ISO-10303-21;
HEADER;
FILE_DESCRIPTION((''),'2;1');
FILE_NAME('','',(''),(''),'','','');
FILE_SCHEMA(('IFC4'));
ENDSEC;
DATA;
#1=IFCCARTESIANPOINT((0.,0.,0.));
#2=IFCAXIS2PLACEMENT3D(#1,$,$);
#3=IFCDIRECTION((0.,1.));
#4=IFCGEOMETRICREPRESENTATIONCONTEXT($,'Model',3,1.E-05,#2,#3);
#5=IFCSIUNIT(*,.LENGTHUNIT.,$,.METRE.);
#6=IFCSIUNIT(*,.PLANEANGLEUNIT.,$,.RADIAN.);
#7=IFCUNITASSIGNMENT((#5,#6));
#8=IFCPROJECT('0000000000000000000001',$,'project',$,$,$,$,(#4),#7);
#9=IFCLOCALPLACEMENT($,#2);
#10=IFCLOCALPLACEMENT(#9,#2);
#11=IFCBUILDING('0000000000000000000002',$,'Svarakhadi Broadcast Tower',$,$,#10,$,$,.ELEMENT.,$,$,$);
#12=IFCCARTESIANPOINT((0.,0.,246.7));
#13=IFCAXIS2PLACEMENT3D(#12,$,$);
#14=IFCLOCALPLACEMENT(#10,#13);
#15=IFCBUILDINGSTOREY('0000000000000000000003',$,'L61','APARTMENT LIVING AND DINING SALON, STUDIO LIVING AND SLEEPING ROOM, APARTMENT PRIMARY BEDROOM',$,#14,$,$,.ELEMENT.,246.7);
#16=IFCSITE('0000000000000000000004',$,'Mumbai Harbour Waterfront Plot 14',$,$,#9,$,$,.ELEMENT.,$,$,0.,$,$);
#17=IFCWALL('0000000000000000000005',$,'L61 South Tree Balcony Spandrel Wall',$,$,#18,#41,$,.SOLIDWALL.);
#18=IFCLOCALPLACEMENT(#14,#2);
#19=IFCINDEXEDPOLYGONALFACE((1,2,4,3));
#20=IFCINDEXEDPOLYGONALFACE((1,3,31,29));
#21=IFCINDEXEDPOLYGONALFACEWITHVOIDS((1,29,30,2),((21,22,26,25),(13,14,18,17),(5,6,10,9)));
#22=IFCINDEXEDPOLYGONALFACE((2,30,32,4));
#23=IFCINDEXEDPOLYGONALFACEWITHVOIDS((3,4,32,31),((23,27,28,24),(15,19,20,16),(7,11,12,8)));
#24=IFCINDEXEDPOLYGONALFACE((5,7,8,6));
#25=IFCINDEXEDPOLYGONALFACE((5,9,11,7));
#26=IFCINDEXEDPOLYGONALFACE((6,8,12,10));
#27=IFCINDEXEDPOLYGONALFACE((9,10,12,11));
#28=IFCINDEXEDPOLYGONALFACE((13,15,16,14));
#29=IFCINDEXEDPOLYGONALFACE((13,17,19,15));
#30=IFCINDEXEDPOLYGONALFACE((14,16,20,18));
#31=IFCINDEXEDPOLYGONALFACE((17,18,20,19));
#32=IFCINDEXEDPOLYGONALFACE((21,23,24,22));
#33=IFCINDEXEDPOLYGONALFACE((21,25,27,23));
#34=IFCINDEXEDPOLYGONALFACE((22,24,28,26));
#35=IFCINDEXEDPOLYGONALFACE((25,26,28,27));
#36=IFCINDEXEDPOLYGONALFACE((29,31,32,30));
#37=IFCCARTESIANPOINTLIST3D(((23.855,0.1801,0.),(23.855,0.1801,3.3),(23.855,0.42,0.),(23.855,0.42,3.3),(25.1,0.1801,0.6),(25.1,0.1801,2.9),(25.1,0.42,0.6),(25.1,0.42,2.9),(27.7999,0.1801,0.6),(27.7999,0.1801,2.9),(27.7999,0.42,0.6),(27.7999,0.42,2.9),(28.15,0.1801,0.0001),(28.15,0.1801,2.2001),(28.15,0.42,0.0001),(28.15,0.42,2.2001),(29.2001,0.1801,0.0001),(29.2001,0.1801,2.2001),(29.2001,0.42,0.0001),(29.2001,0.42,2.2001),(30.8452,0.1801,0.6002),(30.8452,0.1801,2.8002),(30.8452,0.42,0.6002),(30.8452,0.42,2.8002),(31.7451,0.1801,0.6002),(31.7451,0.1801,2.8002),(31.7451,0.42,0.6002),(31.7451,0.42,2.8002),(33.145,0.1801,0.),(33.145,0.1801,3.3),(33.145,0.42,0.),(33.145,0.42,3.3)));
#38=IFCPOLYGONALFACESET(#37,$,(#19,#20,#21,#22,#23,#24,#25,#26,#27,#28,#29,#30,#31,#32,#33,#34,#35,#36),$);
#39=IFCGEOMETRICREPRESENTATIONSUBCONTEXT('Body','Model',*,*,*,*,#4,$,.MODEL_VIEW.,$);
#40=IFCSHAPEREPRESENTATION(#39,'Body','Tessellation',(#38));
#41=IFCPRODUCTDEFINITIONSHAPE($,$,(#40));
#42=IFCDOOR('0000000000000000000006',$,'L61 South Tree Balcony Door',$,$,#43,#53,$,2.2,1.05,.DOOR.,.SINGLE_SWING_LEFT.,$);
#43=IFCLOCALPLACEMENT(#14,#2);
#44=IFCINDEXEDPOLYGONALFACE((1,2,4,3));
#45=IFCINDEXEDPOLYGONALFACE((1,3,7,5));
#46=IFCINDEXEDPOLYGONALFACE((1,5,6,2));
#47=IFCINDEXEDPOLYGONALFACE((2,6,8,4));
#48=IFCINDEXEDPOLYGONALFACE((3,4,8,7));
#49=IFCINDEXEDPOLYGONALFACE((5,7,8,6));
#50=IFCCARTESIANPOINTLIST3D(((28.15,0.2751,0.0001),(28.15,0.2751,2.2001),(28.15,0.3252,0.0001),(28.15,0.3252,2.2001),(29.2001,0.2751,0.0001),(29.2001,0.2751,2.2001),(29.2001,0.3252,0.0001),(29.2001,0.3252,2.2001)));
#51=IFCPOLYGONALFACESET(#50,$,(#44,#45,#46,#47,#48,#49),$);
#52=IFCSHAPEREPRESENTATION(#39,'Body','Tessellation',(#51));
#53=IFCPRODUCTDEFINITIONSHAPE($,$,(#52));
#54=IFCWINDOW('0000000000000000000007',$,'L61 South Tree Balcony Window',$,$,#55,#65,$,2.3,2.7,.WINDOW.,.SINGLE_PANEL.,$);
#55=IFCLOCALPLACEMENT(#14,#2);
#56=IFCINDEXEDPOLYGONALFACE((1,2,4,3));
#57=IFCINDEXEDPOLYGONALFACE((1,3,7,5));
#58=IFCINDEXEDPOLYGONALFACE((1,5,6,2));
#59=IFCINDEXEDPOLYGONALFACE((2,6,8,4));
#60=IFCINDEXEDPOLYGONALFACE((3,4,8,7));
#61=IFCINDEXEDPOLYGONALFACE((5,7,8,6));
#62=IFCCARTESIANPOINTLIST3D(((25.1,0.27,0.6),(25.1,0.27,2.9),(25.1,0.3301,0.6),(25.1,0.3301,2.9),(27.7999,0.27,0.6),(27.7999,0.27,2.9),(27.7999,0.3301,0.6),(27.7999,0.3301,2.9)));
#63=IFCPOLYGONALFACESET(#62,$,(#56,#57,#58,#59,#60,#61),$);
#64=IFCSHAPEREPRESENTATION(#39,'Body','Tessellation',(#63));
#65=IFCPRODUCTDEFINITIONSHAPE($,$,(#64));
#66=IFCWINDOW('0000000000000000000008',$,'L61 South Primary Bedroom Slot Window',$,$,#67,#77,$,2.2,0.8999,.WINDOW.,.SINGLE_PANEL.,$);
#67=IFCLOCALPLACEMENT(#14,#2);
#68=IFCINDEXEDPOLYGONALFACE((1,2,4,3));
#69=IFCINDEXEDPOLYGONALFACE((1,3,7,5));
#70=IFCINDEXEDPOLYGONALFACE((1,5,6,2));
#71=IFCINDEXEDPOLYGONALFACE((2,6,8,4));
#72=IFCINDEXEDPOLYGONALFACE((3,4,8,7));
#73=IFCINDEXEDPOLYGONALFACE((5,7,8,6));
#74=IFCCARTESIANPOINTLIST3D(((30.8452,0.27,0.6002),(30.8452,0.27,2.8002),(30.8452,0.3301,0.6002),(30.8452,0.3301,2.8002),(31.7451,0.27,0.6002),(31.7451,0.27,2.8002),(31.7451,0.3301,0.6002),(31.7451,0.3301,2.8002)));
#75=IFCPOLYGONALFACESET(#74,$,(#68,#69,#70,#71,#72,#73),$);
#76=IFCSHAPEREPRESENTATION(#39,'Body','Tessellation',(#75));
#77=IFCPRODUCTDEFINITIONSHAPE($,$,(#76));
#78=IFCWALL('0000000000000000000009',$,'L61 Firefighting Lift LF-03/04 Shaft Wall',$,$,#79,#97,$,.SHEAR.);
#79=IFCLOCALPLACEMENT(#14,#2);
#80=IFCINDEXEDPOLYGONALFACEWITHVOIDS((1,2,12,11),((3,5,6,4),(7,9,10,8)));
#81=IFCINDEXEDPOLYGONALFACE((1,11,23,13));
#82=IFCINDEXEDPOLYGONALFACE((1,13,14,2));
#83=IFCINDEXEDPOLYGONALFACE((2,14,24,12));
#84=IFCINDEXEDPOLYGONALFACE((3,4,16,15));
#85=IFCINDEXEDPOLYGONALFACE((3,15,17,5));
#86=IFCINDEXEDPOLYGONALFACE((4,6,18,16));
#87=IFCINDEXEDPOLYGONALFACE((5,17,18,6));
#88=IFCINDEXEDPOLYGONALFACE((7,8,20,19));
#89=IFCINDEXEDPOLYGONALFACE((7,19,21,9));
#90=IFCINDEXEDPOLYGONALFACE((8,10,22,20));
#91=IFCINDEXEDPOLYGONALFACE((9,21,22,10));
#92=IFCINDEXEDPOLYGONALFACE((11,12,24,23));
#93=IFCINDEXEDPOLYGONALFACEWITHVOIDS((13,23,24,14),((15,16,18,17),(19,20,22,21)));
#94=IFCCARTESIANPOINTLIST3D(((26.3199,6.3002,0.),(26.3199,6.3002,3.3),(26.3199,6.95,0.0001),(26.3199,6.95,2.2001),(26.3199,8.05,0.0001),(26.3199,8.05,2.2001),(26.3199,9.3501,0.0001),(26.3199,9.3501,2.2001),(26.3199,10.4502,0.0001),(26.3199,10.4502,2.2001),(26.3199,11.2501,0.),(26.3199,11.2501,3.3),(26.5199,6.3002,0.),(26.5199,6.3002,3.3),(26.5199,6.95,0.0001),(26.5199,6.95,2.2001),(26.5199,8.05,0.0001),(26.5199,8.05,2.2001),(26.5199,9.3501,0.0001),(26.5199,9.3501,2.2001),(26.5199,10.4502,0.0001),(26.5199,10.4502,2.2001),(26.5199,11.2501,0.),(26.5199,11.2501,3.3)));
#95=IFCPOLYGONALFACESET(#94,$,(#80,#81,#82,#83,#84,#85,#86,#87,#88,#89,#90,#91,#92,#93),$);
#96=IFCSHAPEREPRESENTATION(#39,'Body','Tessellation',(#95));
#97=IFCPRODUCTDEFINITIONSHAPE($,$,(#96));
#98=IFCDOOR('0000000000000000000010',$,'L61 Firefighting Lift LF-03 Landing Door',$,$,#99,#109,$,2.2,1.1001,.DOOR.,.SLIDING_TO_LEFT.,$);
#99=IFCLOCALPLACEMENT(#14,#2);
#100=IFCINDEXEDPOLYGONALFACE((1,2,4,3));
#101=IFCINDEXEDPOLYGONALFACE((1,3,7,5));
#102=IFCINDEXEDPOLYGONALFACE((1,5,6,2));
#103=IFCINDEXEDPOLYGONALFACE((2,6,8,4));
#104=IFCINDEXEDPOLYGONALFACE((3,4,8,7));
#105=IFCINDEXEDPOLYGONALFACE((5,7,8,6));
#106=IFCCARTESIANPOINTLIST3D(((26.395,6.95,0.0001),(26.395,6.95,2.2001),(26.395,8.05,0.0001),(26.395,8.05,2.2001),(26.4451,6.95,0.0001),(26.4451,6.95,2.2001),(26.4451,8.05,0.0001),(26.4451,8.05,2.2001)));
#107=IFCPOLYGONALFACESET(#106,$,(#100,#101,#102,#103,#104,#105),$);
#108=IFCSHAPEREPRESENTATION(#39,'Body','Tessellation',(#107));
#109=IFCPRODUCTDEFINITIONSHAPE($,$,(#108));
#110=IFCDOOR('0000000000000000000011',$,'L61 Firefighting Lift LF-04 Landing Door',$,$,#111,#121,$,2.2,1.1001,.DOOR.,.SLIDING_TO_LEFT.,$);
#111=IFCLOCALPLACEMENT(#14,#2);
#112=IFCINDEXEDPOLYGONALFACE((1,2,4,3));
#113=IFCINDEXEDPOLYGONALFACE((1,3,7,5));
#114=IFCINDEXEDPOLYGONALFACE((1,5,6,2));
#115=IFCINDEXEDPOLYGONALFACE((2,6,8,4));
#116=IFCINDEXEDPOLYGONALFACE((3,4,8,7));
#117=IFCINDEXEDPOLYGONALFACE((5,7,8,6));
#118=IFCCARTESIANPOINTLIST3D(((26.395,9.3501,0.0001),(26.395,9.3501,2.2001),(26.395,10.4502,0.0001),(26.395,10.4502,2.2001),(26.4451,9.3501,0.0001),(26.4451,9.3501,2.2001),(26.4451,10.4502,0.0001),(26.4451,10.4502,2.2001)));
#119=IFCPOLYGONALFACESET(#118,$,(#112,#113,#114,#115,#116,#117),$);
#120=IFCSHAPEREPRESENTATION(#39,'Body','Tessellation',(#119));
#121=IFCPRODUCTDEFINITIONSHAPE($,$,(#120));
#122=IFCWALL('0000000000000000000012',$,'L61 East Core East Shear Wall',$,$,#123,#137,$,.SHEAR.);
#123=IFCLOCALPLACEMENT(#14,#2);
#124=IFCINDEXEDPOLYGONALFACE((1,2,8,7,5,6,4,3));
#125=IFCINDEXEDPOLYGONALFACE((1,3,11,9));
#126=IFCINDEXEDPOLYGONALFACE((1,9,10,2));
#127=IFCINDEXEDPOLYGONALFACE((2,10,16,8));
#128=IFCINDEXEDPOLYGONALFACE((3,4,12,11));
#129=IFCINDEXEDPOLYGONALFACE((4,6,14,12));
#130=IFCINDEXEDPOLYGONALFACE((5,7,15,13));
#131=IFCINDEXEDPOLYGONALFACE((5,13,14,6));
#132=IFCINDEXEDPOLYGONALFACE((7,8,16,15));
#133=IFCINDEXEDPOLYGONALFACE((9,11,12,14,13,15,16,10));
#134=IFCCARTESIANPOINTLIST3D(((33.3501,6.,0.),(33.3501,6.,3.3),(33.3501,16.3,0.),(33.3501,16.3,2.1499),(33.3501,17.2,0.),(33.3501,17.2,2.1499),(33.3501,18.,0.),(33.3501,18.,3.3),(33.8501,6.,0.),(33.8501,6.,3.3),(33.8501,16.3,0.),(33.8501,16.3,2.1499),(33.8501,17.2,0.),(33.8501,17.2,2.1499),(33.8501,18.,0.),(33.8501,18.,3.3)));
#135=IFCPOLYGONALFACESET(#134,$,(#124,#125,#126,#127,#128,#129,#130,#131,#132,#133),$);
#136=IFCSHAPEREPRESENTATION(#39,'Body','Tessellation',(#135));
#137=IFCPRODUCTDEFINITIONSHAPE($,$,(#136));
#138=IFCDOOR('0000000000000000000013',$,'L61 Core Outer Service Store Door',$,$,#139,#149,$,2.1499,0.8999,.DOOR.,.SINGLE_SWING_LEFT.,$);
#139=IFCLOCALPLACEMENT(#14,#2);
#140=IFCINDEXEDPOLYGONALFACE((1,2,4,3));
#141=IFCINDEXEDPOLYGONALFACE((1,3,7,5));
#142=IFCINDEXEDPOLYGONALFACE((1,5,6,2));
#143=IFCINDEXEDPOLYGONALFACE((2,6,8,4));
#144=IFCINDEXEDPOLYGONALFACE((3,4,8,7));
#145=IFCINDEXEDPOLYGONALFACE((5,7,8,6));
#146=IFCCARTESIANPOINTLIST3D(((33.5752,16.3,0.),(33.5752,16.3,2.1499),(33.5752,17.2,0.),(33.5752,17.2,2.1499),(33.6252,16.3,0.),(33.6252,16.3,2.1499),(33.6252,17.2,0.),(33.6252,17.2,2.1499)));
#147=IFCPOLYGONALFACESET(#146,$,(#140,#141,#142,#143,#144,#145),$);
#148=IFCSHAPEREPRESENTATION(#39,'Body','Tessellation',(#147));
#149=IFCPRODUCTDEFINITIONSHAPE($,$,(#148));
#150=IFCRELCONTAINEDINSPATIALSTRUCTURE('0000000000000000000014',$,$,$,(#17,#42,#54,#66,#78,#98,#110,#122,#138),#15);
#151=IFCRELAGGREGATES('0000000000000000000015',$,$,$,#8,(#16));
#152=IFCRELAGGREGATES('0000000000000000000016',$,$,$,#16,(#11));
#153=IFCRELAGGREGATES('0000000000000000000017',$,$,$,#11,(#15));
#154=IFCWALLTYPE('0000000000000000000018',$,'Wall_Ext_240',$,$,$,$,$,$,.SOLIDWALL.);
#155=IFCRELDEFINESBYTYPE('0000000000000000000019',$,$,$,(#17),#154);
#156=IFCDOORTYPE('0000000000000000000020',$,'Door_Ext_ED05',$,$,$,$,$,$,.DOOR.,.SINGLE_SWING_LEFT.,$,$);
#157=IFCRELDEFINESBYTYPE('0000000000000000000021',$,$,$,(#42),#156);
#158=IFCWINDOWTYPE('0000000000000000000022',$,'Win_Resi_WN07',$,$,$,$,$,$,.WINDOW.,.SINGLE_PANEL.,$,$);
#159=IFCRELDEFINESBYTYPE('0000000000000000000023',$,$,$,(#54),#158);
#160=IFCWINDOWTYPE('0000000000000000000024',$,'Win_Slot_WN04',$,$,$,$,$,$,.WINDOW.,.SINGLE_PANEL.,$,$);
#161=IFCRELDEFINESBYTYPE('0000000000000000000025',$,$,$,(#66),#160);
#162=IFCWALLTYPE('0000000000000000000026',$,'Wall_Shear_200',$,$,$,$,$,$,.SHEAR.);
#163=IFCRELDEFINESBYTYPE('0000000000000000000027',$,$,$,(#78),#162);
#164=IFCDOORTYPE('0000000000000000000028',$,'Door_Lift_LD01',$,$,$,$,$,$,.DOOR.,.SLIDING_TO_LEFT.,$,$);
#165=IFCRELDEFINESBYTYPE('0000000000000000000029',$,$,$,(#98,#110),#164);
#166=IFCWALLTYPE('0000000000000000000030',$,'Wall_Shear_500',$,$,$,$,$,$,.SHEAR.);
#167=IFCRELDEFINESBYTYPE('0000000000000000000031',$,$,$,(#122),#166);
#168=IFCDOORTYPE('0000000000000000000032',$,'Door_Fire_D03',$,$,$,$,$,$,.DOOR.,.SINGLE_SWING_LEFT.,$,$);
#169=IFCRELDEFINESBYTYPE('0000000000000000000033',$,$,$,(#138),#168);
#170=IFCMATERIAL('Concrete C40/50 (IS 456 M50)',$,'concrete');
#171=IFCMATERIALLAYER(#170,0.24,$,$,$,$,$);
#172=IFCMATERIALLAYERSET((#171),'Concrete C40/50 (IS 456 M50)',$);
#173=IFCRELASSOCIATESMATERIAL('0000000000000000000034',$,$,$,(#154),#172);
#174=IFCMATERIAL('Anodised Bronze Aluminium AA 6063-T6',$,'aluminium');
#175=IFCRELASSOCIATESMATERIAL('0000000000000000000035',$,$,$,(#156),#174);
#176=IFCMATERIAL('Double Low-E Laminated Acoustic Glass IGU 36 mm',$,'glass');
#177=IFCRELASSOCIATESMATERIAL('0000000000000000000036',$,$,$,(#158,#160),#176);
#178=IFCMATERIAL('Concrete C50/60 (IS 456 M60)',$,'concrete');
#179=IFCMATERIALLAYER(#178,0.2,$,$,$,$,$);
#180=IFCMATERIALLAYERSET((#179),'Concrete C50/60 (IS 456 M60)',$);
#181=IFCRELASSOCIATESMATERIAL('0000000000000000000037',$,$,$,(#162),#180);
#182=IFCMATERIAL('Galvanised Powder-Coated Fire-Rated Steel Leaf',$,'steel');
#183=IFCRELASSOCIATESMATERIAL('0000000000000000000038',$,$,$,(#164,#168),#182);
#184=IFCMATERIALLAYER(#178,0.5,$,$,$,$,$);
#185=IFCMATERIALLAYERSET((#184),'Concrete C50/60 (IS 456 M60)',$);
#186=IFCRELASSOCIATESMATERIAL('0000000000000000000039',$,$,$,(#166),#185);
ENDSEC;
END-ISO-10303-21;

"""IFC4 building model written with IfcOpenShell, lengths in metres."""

from ifc_helpers import new_model, si_unit, direction, frame, frame_2d, origin, place, context, subcontext, project, spatial, rectangle, extrude, material, layer, layer_set, type_object, element, fill, save


model = new_model("IFC4")

# Units and contexts
model_context = context("Model", 3, precision=1e-05, world=origin(), true_north=direction((0.0, 1.0)))
body_context = subcontext(model_context, "Body", "Model", "MODEL_VIEW")
ifc_project = project(units=[si_unit("LENGTHUNIT", "METRE"), si_unit("PLANEANGLEUNIT", "RADIAN")], contexts=[model_context])

# Site, building, storey
site_placement = place(None, origin())
site = spatial("IfcSite", under=ifc_project, at=site_placement, Name="Mumbai Harbour Waterfront Plot 14", CompositionType="ELEMENT", RefElevation=0.0)
building_placement = place(site_placement, origin())
building = spatial("IfcBuilding", under=site, at=building_placement, Name="Svarakhadi Broadcast Tower", CompositionType="ELEMENT")
storey_placement = place(building_placement, frame((0.0, 0.0, 246.7)))
storey = spatial("IfcBuildingStorey", under=building, at=storey_placement, Name="L61", Description="APARTMENT LIVING AND DINING SALON, STUDIO LIVING AND SLEEPING ROOM, APARTMENT PRIMARY BEDROOM", CompositionType="ELEMENT", Elevation=246.7)

# Shared definitions
ifc_material_1 = material(Name="Concrete C50/60 (IS 456 M60)", Category="concrete")

# Shared definitions
ifc_material_2 = material(Name="Anodised Bronze Aluminium AA 6063-T6", Category="aluminium")

# Shared definitions
ifc_material_3 = material(Name="Double Low-E Laminated Acoustic Glass IGU 36 mm", Category="glass")

# Wall, openings, door, windows
ifc_material_4 = material(Name="Concrete C40/50 (IS 456 M50)", Category="concrete")
ifc_layer_1 = layer(ifc_material_4, 0.24)
ifc_layer_set_1 = layer_set([ifc_layer_1], Name="Concrete C40/50 (IS 456 M50)")
wall_type_1 = type_object("IfcWallType", Name="Wall_Ext_240", PredefinedType="SOLIDWALL", material=ifc_layer_set_1)
wall_1_placement = place(storey_placement, frame((33.145, 0.3, 0.0), z_axis=(0.0, 0.0, 1.0), x_axis=(-1.0, 0.0, 0.0)))
wall_1 = element("IfcWall", 1, at=wall_1_placement, inside=storey, type_object=wall_type_1, Name="L61 South Tree Balcony Spandrel Wall", PredefinedType="SOLIDWALL", context=body_context, shape_type="SweptSolid", body=[
    extrude(rectangle(XDim=9.29, YDim=0.24, at=frame_2d((4.645, 0.0))), origin(), (0.0, 0.0, 1.0), 3.3),
])
opening_1_placement = place(wall_1_placement, frame((3.9451, 0.0, 0.0)))
opening_1 = element("IfcOpeningElement", 2, at=opening_1_placement, cuts=wall_1, PredefinedType="OPENING", context=body_context, shape_type="SweptSolid", body=[
    extrude(rectangle(XDim=1.05, YDim=2.2, at=frame_2d((0.5249, 1.1001))), frame((0.0, 0.1299, 0.0), z_axis=(0.0, -1.0, 0.0), x_axis=(1.0, 0.0, 0.0)), (0.0, 0.0, 1.0), 0.26),
])
opening_2_placement = place(wall_1_placement, frame((5.345, 0.0, 0.6001)))
opening_2 = element("IfcOpeningElement", 3, at=opening_2_placement, cuts=wall_1, PredefinedType="OPENING", context=body_context, shape_type="SweptSolid", body=[
    extrude(rectangle(XDim=2.7, YDim=2.3, at=frame_2d((1.3501, 1.1499))), frame((0.0, 0.1299, 0.0), z_axis=(0.0, -1.0, 0.0), x_axis=(1.0, 0.0, 0.0)), (0.0, 0.0, 1.0), 0.26),
])
opening_3_placement = place(wall_1_placement, frame((1.3999, 0.0, 0.6001)))
opening_3 = element("IfcOpeningElement", 4, at=opening_3_placement, cuts=wall_1, PredefinedType="OPENING", context=body_context, shape_type="SweptSolid", body=[
    extrude(rectangle(XDim=0.8999, YDim=2.2, at=frame_2d((0.45, 1.1001))), frame((0.0, 0.1299, 0.0), z_axis=(0.0, -1.0, 0.0), x_axis=(1.0, 0.0, 0.0)), (0.0, 0.0, 1.0), 0.26),
])
door_type_1 = type_object("IfcDoorType", Name="Door_Ext_ED05", OperationType="SINGLE_SWING_LEFT", PredefinedType="DOOR", material=ifc_material_2)
door_1_placement = place(opening_1_placement, origin())
door_1 = element("IfcDoor", 5, at=door_1_placement, inside=storey, type_object=door_type_1, Name="L61 South Tree Balcony Door", OperationType="SINGLE_SWING_LEFT", OverallHeight=2.2, OverallWidth=1.05, PredefinedType="DOOR", context=body_context, shape_type="SweptSolid", body=[
    extrude(rectangle(XDim=1.05, YDim=2.2, at=frame_2d((0.5249, 1.1001))), frame((0.0, 0.0249, 0.0), z_axis=(0.0, -1.0, 0.0), x_axis=(1.0, 0.0, 0.0)), (0.0, 0.0, 1.0), 0.05),
])
fill(opening_1, door_1)
window_type_1 = type_object("IfcWindowType", Name="Win_Resi_WN07", PartitioningType="SINGLE_PANEL", PredefinedType="WINDOW", material=ifc_material_3)
window_1_placement = place(opening_2_placement, origin())
window_1 = element("IfcWindow", 6, at=window_1_placement, inside=storey, type_object=window_type_1, Name="L61 South Tree Balcony Window", OverallHeight=2.3, OverallWidth=2.7, PartitioningType="SINGLE_PANEL", PredefinedType="WINDOW", context=body_context, shape_type="SweptSolid", body=[
    extrude(rectangle(XDim=2.7, YDim=2.3, at=frame_2d((1.3501, 1.1499))), frame((0.0, 0.03, 0.0), z_axis=(0.0, -1.0, 0.0), x_axis=(1.0, 0.0, 0.0)), (0.0, 0.0, 1.0), 0.0601),
])
fill(opening_2, window_1)
window_type_2 = type_object("IfcWindowType", Name="Win_Slot_WN04", PartitioningType="SINGLE_PANEL", PredefinedType="WINDOW", material=ifc_material_3)
window_2_placement = place(opening_3_placement, origin())
window_2 = element("IfcWindow", 7, at=window_2_placement, inside=storey, type_object=window_type_2, Name="L61 South Primary Bedroom Slot Window", OverallHeight=2.2, OverallWidth=0.8999, PartitioningType="SINGLE_PANEL", PredefinedType="WINDOW", context=body_context, shape_type="SweptSolid", body=[
    extrude(rectangle(XDim=0.8999, YDim=2.2, at=frame_2d((0.45, 1.1001))), frame((0.0, 0.03, 0.0), z_axis=(0.0, -1.0, 0.0), x_axis=(1.0, 0.0, 0.0)), (0.0, 0.0, 1.0), 0.0601),
])
fill(opening_3, window_2)

# Wall, openings, doors
ifc_layer_2 = layer(ifc_material_1, 0.2)
ifc_layer_set_2 = layer_set([ifc_layer_2], Name="Concrete C50/60 (IS 456 M60)")
wall_type_2 = type_object("IfcWallType", Name="Wall_Shear_200", PredefinedType="SHEAR", material=ifc_layer_set_2)
wall_2_placement = place(storey_placement, frame((26.4199, 6.3, 0.0), z_axis=(0.0, 0.0, 1.0), x_axis=(0.0, 1.0, 0.0)))
wall_2 = element("IfcWall", 8, at=wall_2_placement, inside=storey, type_object=wall_type_2, Name="L61 Firefighting Lift LF-03/04 Shaft Wall", PredefinedType="SHEAR", context=body_context, shape_type="SweptSolid", body=[
    extrude(rectangle(XDim=4.95, YDim=0.2, at=frame_2d((2.4751, 0.0))), origin(), (0.0, 0.0, 1.0), 3.3),
])
opening_4_placement = place(wall_2_placement, frame((0.6499, 0.0, 0.0)))
opening_4 = element("IfcOpeningElement", 9, at=opening_4_placement, cuts=wall_2, PredefinedType="OPENING", context=body_context, shape_type="SweptSolid", body=[
    extrude(rectangle(XDim=1.1001, YDim=2.2, at=frame_2d((0.55, 1.1001))), frame((0.0, 0.1099, 0.0), z_axis=(0.0, -1.0, 0.0), x_axis=(1.0, 0.0, 0.0)), (0.0, 0.0, 1.0), 0.22),
])
opening_5_placement = place(wall_2_placement, frame((3.05, 0.0, 0.0)))
opening_5 = element("IfcOpeningElement", 10, at=opening_5_placement, cuts=wall_2, PredefinedType="OPENING", context=body_context, shape_type="SweptSolid", body=[
    extrude(rectangle(XDim=1.1001, YDim=2.2, at=frame_2d((0.55, 1.1001))), frame((0.0, 0.1099, 0.0), z_axis=(0.0, -1.0, 0.0), x_axis=(1.0, 0.0, 0.0)), (0.0, 0.0, 1.0), 0.22),
])
ifc_material_5 = material(Name="Galvanised Powder-Coated Fire-Rated Steel Leaf", Category="steel")
door_type_2 = type_object("IfcDoorType", Name="Door_Lift_LD01", OperationType="SLIDING_TO_LEFT", PredefinedType="DOOR", material=ifc_material_5)
door_2_placement = place(opening_4_placement, origin())
door_2 = element("IfcDoor", 11, at=door_2_placement, inside=storey, type_object=door_type_2, Name="L61 Firefighting Lift LF-03 Landing Door", OperationType="SLIDING_TO_LEFT", OverallHeight=2.2, OverallWidth=1.1001, PredefinedType="DOOR", context=body_context, shape_type="SweptSolid", body=[
    extrude(rectangle(XDim=1.1001, YDim=2.2, at=frame_2d((0.55, 1.1001))), frame((0.0, 0.0249, 0.0), z_axis=(0.0, -1.0, 0.0), x_axis=(1.0, 0.0, 0.0)), (0.0, 0.0, 1.0), 0.05),
])
fill(opening_4, door_2)
door_3_placement = place(opening_5_placement, origin())
door_3 = element("IfcDoor", 12, at=door_3_placement, inside=storey, type_object=door_type_2, Name="L61 Firefighting Lift LF-04 Landing Door", OperationType="SLIDING_TO_LEFT", OverallHeight=2.2, OverallWidth=1.1001, PredefinedType="DOOR", context=body_context, shape_type="SweptSolid", body=[
    extrude(rectangle(XDim=1.1001, YDim=2.2, at=frame_2d((0.55, 1.1001))), frame((0.0, 0.0249, 0.0), z_axis=(0.0, -1.0, 0.0), x_axis=(1.0, 0.0, 0.0)), (0.0, 0.0, 1.0), 0.05),
])
fill(opening_5, door_3)

# Wall, opening, door
ifc_layer_3 = layer(ifc_material_1, 0.5)
ifc_layer_set_3 = layer_set([ifc_layer_3], Name="Concrete C50/60 (IS 456 M60)")
wall_type_3 = type_object("IfcWallType", Name="Wall_Shear_500", PredefinedType="SHEAR", material=ifc_layer_set_3)
wall_3_placement = place(storey_placement, frame((33.6001, 6.0, 0.0), z_axis=(0.0, 0.0, 1.0), x_axis=(0.0, 1.0, 0.0)))
wall_3 = element("IfcWall", 13, at=wall_3_placement, inside=storey, type_object=wall_type_3, Name="L61 East Core East Shear Wall", PredefinedType="SHEAR", context=body_context, shape_type="SweptSolid", body=[
    extrude(rectangle(XDim=12.0, YDim=0.5, at=frame_2d((6.0, 0.0))), origin(), (0.0, 0.0, 1.0), 3.3),
])
opening_6_placement = place(wall_3_placement, frame((10.3, 0.0, 0.0)))
opening_6 = element("IfcOpeningElement", 14, at=opening_6_placement, cuts=wall_3, PredefinedType="OPENING", context=body_context, shape_type="SweptSolid", body=[
    extrude(rectangle(XDim=0.8999, YDim=2.1499, at=frame_2d((0.45, 1.075))), frame((0.0, 0.26, 0.0), z_axis=(0.0, -1.0, 0.0), x_axis=(1.0, 0.0, 0.0)), (0.0, 0.0, 1.0), 0.52),
])
door_type_3 = type_object("IfcDoorType", Name="Door_Fire_D03", OperationType="SINGLE_SWING_LEFT", PredefinedType="DOOR", material=ifc_material_5)
door_4_placement = place(opening_6_placement, origin())
door_4 = element("IfcDoor", 15, at=door_4_placement, inside=storey, type_object=door_type_3, Name="L61 Core Outer Service Store Door", OperationType="SINGLE_SWING_LEFT", OverallHeight=2.1499, OverallWidth=0.8999, PredefinedType="DOOR", context=body_context, shape_type="SweptSolid", body=[
    extrude(rectangle(XDim=0.8999, YDim=2.1499, at=frame_2d((0.45, 1.075))), frame((0.0, 0.0249, 0.0), z_axis=(0.0, -1.0, 0.0), x_axis=(1.0, 0.0, 0.0)), (0.0, 0.0, 1.0), 0.05),
])
fill(opening_6, door_4)

save(model, "model.ifc")
